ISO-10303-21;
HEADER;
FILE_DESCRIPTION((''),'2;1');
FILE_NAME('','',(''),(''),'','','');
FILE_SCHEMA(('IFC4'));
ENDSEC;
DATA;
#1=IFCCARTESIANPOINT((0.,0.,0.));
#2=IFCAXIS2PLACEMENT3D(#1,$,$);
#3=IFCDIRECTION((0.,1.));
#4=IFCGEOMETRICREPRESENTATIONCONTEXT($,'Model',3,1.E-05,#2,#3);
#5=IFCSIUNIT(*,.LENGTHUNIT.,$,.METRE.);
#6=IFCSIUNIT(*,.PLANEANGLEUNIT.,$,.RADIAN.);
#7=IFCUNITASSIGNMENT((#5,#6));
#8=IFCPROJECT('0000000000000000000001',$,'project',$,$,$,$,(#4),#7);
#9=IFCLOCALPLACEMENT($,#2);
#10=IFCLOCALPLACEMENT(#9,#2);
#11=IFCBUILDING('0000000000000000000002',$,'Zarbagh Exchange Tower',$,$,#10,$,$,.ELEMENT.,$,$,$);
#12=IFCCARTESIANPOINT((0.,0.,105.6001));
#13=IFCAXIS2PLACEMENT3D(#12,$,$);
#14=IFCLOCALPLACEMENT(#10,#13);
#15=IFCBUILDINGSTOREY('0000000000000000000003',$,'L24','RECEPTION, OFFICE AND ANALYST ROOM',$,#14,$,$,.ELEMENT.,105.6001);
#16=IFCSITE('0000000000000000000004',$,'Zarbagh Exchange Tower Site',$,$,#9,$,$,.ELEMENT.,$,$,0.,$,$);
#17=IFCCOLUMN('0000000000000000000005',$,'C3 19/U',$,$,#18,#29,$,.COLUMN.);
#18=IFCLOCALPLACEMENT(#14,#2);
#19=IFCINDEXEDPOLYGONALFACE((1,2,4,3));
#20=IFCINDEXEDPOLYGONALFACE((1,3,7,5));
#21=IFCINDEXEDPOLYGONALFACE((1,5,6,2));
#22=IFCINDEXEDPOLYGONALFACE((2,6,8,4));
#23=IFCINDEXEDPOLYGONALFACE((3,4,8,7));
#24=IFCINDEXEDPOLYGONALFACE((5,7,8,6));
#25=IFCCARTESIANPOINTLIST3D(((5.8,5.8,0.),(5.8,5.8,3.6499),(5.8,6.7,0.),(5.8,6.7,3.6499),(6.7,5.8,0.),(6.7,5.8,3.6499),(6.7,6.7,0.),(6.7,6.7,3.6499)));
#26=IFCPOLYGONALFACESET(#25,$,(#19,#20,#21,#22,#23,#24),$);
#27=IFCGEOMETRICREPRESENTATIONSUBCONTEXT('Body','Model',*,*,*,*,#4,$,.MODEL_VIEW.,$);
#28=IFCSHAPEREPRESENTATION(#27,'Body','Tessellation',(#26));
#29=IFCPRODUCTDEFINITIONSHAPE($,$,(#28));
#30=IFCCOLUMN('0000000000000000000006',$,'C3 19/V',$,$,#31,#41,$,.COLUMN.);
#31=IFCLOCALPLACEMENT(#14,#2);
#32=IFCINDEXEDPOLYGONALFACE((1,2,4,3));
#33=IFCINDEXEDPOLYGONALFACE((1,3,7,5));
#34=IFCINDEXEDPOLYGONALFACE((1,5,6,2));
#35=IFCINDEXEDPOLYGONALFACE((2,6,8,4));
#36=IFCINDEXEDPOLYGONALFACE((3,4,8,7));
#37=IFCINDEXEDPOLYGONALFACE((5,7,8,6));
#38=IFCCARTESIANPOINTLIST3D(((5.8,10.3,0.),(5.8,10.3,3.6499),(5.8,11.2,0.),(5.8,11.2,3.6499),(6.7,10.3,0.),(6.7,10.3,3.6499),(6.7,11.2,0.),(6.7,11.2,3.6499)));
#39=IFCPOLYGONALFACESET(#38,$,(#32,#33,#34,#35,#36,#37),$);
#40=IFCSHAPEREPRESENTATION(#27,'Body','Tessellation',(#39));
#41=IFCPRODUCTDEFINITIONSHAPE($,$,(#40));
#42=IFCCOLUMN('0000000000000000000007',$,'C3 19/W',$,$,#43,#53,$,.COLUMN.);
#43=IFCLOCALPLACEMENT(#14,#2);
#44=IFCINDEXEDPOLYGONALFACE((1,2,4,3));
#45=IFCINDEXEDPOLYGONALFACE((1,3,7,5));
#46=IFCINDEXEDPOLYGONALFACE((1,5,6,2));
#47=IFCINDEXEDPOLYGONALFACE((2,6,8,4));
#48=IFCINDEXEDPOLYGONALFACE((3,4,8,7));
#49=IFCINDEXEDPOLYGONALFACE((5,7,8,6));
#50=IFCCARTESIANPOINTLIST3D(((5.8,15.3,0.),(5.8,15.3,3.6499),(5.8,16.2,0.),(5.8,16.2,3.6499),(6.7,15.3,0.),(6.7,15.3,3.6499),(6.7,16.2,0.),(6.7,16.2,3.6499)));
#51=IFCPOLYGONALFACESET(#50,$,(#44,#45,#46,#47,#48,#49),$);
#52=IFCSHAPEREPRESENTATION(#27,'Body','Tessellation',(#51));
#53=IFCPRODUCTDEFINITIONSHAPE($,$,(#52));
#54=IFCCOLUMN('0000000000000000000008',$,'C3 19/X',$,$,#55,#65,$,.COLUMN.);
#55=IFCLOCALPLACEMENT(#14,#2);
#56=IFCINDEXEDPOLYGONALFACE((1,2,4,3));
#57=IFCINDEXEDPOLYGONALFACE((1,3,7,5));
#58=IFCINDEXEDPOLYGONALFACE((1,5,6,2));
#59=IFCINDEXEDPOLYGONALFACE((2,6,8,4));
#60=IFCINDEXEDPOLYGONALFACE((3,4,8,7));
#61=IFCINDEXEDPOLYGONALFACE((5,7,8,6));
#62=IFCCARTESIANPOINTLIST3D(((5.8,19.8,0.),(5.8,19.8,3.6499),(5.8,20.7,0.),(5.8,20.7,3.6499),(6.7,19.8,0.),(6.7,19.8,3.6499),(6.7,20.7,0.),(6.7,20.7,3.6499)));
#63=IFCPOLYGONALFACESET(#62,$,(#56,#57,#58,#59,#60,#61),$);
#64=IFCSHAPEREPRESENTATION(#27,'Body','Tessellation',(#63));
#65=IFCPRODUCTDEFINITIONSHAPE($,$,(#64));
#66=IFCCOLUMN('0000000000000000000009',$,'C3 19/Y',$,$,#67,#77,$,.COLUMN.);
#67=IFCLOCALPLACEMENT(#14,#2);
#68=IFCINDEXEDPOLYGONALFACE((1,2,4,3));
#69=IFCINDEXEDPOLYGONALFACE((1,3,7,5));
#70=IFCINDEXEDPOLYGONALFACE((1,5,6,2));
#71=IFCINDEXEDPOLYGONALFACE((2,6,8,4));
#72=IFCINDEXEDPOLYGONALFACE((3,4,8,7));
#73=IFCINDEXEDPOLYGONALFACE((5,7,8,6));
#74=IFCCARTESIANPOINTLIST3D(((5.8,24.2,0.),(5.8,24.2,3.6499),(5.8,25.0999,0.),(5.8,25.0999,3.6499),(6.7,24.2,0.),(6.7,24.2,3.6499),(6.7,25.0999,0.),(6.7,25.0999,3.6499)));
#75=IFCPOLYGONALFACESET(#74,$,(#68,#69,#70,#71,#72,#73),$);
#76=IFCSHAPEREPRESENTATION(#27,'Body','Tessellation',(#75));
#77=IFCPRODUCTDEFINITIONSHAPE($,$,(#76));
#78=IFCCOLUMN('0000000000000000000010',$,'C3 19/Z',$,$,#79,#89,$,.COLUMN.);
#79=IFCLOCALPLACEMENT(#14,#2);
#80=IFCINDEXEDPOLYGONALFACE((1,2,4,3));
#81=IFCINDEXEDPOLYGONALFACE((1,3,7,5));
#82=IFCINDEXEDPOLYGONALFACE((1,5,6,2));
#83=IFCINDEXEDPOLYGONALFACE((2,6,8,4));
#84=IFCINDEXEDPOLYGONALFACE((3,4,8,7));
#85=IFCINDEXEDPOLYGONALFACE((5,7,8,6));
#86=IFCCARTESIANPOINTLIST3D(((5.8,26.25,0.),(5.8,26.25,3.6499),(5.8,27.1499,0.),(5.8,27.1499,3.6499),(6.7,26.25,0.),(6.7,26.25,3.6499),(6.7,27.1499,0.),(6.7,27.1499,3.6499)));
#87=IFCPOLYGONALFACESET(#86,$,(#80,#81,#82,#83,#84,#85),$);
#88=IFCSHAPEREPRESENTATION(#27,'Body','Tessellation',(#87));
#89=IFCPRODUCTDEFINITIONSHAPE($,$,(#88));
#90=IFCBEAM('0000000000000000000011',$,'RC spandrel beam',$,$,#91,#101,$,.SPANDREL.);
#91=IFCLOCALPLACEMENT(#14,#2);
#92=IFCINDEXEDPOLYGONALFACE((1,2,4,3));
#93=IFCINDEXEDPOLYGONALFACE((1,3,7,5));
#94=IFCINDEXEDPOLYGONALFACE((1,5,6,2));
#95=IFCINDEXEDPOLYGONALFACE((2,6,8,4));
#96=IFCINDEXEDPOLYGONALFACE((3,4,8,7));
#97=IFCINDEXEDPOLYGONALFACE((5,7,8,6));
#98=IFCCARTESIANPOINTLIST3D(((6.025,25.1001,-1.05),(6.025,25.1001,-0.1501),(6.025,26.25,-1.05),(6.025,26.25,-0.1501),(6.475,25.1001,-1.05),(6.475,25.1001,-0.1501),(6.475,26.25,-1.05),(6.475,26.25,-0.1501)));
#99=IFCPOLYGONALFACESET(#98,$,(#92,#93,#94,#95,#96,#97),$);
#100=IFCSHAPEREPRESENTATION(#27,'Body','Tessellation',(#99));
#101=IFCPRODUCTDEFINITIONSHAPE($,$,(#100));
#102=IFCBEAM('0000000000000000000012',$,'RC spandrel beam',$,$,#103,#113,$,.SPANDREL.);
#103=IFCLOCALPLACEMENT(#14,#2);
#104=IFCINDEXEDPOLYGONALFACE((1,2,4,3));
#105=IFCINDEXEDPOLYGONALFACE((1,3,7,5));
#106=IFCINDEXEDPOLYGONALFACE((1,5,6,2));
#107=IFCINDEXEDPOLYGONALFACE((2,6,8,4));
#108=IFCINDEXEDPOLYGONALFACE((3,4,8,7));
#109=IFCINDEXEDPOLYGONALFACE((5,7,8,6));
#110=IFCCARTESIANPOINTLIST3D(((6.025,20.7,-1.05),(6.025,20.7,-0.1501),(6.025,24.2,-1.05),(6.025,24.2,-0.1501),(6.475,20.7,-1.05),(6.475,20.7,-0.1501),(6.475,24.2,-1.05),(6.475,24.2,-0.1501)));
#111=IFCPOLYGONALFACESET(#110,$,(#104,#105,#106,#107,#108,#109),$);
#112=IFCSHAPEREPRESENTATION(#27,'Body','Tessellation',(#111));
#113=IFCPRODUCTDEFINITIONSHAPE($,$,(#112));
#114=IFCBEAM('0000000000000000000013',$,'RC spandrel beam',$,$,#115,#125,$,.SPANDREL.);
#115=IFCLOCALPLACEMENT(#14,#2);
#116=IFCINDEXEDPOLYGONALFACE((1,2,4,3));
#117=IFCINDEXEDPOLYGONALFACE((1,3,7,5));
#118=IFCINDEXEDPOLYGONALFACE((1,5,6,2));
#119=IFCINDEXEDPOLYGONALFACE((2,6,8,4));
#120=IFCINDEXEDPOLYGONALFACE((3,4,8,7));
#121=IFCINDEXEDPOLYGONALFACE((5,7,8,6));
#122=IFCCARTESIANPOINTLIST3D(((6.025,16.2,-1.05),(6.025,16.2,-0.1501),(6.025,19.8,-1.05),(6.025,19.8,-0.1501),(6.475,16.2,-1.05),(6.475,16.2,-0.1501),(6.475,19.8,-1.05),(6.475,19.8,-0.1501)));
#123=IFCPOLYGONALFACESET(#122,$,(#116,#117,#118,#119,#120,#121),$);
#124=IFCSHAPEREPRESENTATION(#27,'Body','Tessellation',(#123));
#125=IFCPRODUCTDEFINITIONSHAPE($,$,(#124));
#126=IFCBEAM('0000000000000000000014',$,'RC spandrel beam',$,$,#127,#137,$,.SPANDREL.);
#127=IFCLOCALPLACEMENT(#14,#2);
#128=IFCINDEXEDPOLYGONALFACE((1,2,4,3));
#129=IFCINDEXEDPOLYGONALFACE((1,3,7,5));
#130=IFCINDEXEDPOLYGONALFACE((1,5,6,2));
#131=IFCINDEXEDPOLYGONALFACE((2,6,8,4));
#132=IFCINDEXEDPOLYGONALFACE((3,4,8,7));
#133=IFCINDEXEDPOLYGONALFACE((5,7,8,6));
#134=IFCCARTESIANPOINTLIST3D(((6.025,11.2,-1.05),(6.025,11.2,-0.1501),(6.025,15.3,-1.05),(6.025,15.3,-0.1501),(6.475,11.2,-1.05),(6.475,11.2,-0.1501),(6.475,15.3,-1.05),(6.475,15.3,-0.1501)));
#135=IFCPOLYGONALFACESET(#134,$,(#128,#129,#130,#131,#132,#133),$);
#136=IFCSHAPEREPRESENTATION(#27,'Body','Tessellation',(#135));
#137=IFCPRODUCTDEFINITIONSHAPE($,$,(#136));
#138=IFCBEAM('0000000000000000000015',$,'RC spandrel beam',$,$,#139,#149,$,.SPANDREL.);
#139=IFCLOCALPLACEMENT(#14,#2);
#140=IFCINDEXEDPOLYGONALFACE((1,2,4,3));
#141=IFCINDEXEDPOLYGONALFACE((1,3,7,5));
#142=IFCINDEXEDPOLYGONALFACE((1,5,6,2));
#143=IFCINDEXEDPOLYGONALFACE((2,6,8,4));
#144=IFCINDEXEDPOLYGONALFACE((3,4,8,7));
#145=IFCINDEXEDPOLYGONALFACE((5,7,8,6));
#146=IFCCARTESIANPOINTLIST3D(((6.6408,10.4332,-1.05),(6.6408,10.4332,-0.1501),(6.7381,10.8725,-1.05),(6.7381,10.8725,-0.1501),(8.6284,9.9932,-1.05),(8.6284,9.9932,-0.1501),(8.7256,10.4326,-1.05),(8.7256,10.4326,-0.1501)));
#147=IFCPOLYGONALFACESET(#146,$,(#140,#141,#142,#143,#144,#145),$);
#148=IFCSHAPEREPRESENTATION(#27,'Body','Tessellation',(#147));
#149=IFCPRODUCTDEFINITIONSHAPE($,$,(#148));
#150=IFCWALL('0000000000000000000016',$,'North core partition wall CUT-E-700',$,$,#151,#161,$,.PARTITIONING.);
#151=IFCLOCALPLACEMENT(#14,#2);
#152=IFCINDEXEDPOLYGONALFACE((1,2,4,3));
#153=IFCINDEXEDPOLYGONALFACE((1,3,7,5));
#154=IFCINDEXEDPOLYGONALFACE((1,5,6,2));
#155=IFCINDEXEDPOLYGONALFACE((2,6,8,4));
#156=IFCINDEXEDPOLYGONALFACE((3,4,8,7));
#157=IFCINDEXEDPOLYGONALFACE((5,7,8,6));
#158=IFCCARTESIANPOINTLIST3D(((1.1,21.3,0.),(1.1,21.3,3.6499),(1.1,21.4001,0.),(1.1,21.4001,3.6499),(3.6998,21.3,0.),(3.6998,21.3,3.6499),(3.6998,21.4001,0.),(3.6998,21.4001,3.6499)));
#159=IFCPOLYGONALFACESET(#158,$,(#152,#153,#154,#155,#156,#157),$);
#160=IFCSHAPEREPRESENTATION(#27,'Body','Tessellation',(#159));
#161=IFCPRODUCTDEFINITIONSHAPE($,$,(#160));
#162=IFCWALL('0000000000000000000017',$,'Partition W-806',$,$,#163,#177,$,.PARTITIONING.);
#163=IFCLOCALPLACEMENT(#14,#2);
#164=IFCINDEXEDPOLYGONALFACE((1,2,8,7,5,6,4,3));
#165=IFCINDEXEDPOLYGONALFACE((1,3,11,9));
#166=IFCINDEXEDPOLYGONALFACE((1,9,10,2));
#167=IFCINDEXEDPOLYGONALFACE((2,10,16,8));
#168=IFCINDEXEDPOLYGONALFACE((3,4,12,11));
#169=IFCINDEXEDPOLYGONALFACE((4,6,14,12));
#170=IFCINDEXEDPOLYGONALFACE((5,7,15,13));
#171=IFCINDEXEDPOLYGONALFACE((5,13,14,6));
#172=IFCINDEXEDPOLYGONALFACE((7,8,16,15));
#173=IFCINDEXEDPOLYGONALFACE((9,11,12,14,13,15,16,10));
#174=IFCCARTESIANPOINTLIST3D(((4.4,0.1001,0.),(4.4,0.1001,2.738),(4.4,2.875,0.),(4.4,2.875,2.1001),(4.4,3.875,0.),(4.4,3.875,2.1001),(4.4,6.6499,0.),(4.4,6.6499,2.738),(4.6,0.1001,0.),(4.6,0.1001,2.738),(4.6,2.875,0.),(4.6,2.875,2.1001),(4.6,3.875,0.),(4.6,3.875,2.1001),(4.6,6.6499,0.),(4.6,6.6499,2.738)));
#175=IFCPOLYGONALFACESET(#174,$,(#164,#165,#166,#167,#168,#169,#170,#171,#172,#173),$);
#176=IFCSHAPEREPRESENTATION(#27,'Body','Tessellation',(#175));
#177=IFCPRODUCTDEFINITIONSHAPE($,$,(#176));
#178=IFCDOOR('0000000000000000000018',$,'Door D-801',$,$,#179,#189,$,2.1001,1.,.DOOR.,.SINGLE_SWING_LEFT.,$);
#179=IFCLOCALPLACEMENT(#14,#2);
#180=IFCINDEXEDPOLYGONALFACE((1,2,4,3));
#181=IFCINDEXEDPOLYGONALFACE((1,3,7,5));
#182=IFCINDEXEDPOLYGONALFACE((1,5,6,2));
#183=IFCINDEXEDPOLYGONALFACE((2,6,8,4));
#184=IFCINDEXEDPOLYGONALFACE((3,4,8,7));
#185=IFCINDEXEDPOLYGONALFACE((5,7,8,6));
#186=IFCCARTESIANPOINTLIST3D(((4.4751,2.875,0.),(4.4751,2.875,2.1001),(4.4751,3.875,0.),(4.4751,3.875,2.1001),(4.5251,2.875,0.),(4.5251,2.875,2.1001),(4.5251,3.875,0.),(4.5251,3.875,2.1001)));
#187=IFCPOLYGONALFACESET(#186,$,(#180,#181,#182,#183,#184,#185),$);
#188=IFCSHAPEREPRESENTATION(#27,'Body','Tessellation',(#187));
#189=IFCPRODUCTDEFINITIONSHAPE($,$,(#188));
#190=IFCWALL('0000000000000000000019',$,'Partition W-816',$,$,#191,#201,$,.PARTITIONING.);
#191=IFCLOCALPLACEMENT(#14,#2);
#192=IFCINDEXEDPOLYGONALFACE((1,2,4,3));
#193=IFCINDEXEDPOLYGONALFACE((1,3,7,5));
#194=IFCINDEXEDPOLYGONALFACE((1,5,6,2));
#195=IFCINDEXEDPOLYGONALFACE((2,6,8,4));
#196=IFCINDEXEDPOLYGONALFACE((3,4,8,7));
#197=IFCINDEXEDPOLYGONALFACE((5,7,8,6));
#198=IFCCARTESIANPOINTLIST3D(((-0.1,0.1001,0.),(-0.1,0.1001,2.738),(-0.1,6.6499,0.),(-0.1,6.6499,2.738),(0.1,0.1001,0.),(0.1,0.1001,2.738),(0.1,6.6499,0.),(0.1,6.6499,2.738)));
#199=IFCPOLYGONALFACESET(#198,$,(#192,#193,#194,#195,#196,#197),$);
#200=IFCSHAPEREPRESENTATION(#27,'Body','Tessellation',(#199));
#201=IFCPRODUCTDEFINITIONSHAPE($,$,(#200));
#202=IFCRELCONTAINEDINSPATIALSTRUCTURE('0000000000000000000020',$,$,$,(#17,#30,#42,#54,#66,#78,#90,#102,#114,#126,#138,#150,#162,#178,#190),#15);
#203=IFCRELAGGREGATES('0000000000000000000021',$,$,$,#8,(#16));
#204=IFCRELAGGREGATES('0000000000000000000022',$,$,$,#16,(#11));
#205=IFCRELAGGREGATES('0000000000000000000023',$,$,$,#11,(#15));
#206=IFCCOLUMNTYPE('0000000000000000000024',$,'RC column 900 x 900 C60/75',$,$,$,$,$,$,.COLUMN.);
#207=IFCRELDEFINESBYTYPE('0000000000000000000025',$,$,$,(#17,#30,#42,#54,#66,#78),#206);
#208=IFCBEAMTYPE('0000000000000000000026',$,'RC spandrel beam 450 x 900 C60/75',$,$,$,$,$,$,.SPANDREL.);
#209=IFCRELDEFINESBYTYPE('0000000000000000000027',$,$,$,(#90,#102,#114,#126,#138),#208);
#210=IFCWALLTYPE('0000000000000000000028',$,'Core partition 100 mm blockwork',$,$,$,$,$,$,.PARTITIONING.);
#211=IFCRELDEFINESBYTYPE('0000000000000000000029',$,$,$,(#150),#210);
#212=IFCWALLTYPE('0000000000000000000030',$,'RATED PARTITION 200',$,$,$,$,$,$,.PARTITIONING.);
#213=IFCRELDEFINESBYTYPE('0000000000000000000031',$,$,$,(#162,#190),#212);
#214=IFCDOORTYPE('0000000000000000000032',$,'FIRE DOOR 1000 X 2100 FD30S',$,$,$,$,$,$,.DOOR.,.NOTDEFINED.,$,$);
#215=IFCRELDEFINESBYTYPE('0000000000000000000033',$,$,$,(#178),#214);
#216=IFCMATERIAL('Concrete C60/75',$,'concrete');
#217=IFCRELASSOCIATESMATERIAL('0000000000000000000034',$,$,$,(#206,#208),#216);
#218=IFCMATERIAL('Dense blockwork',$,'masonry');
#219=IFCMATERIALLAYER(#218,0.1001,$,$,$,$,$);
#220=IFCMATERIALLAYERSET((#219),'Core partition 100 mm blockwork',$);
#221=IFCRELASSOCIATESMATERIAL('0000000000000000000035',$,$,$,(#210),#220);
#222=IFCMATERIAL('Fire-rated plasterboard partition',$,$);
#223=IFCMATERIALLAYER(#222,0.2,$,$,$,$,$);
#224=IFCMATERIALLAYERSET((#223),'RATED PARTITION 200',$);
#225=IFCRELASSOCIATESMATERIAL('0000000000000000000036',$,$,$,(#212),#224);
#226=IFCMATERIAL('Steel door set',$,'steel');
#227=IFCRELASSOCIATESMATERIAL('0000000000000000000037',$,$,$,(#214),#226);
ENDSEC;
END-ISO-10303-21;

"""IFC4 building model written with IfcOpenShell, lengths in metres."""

from ifc_helpers import new_model, si_unit, direction, frame, frame_2d, origin, origin_2d, place, context, subcontext, project, spatial, rectangle, extrude, material, layer, layer_set, material_profile, profile_set, type_object, element, fill, save


model = new_model("IFC4")

# Units and contexts
model_context = context("Model", 3, precision=1e-05, world=origin(), true_north=direction((0.0, 1.0)))
body_context = subcontext(model_context, "Body", "Model", "MODEL_VIEW")
ifc_project = project(units=[si_unit("LENGTHUNIT", "METRE"), si_unit("PLANEANGLEUNIT", "RADIAN")], contexts=[model_context])

# Site, building, storey
site_placement = place(None, origin())
site = spatial("IfcSite", under=ifc_project, at=site_placement, Name="Zarbagh Exchange Tower Site", CompositionType="ELEMENT", RefElevation=0.0)
building_placement = place(site_placement, origin())
building = spatial("IfcBuilding", under=site, at=building_placement, Name="Zarbagh Exchange Tower", CompositionType="ELEMENT")
storey_placement = place(building_placement, frame((0.0, 0.0, 105.6001)))
storey = spatial("IfcBuildingStorey", under=building, at=storey_placement, Name="L24", Description="RECEPTION, OFFICE AND ANALYST ROOM", CompositionType="ELEMENT", Elevation=105.6001)

# Columns
ifc_material_1 = material(Name="Concrete C60/75", Category="concrete")
ifc_material_profile_1 = material_profile(ifc_material_1, rectangle(XDim=0.8999, YDim=0.8999, at=origin_2d()), Name="RC column 900 x 900 C60/75")
ifc_profile_set_1 = profile_set([ifc_material_profile_1], Name="Concrete C60/75")
column_type = type_object("IfcColumnType", Name="RC column 900 x 900 C60/75", PredefinedType="COLUMN", material=ifc_profile_set_1)
for number, where, z_axis, x_axis, name in (
    (1, (6.25, 6.25, 0.0), (0.0, 0.0, 1.0), (1.0, 0.0, 0.0), "C3 19/U"),
    (2, (6.25, 10.75, 0.0), (0.0, 0.0, 1.0), (1.0, 0.0, 0.0), "C3 19/V"),
    (3, (6.25, 15.75, 0.0), (0.0, 0.0, 1.0), (1.0, 0.0, 0.0), "C3 19/W"),
    (4, (6.25, 20.25, 0.0), (0.0, 0.0, 1.0), (1.0, 0.0, 0.0), "C3 19/X"),
    (5, (6.25, 24.6499, 0.0), (0.0, 0.0, 1.0), (1.0, 0.0, 0.0), "C3 19/Y"),
    (6, (6.25, 26.7, 0.0), (0.0, 0.0, 1.0), (1.0, 0.0, 0.0), "C3 19/Z"),
):
    element("IfcColumn", number, at=place(storey_placement, frame(where, z_axis=z_axis, x_axis=x_axis)), inside=storey, type_object=column_type, Name=name, PredefinedType="COLUMN", context=body_context, shape_type="SweptSolid", body=[
        extrude(rectangle(XDim=0.8999, YDim=0.8999, at=origin_2d()), origin(), (0.0, 0.0, 1.0), 3.6499),
    ])

# Beams
ifc_material_profile_2 = material_profile(ifc_material_1, rectangle(XDim=0.45, YDim=0.8999, at=origin_2d()), Name="RC spandrel beam 450 x 900 C60/75")
ifc_profile_set_2 = profile_set([ifc_material_profile_2], Name="Concrete C60/75")
beam_type = type_object("IfcBeamType", Name="RC spandrel beam 450 x 900 C60/75", PredefinedType="SPANDREL", material=ifc_profile_set_2)
beam_1_placement = place(storey_placement, frame((6.25, 26.25, -0.6001), z_axis=(0.0, -1.0, 0.0), x_axis=(1.0, 0.0, 0.0)))
element("IfcBeam", 7, at=beam_1_placement, inside=storey, type_object=beam_type, Name="RC spandrel beam", PredefinedType="SPANDREL", context=body_context, shape_type="SweptSolid", body=[
    extrude(rectangle(XDim=0.45, YDim=0.8999, at=origin_2d()), origin(), (0.0, 0.0, 1.0), 1.1499),
])
beam_2_placement = place(storey_placement, frame((6.25, 24.2, -0.6001), z_axis=(0.0, -1.0, 0.0), x_axis=(1.0, 0.0, 0.0)))
element("IfcBeam", 8, at=beam_2_placement, inside=storey, type_object=beam_type, Name="RC spandrel beam", PredefinedType="SPANDREL", context=body_context, shape_type="SweptSolid", body=[
    extrude(rectangle(XDim=0.45, YDim=0.8999, at=origin_2d()), origin(), (0.0, 0.0, 1.0), 3.5),
])
beam_3_placement = place(storey_placement, frame((6.25, 19.8, -0.6001), z_axis=(0.0, -1.0, 0.0), x_axis=(1.0, 0.0, 0.0)))
element("IfcBeam", 9, at=beam_3_placement, inside=storey, type_object=beam_type, Name="RC spandrel beam", PredefinedType="SPANDREL", context=body_context, shape_type="SweptSolid", body=[
    extrude(rectangle(XDim=0.45, YDim=0.8999, at=origin_2d()), origin(), (0.0, 0.0, 1.0), 3.6001),
])
beam_4_placement = place(storey_placement, frame((6.25, 15.3, -0.6001), z_axis=(0.0, -1.0, 0.0), x_axis=(1.0, 0.0, 0.0)))
element("IfcBeam", 10, at=beam_4_placement, inside=storey, type_object=beam_type, Name="RC spandrel beam", PredefinedType="SPANDREL", context=body_context, shape_type="SweptSolid", body=[
    extrude(rectangle(XDim=0.45, YDim=0.8999, at=origin_2d()), origin(), (0.0, 0.0, 1.0), 4.1001),
])
beam_5_placement = place(storey_placement, frame((6.6895, 10.6528, -0.6001), z_axis=(0.976367, -0.216118, 0.0), x_axis=(0.216118, 0.976367, 0.0)))
element("IfcBeam", 11, at=beam_5_placement, inside=storey, type_object=beam_type, Name="RC spandrel beam", PredefinedType="SPANDREL", context=body_context, shape_type="SweptSolid", body=[
    extrude(rectangle(XDim=0.45, YDim=0.8999, at=origin_2d()), origin(), (0.0, 0.0, 1.0), 2.0356),
])

# Wall
ifc_material_2 = material(Name="Dense blockwork", Category="masonry")
ifc_layer_1 = layer(ifc_material_2, 0.1001)
ifc_layer_set_1 = layer_set([ifc_layer_1], Name="Core partition 100 mm blockwork")
wall_type_1 = type_object("IfcWallType", Name="Core partition 100 mm blockwork", PredefinedType="PARTITIONING", material=ifc_layer_set_1)
wall_1_placement = place(storey_placement, frame((1.1001, 21.3501, 0.0), z_axis=(0.0, 0.0, 1.0), x_axis=(1.0, 0.0, 0.0)))
element("IfcWall", 12, at=wall_1_placement, inside=storey, type_object=wall_type_1, Name="North core partition wall CUT-E-700", PredefinedType="PARTITIONING", context=body_context, shape_type="SweptSolid", body=[
    extrude(rectangle(XDim=2.5999, YDim=0.1001, at=frame_2d((1.2998, 0.0))), origin(), (0.0, 0.0, 1.0), 3.6499),
])

# Wall, opening, door
ifc_material_3 = material(Name="Fire-rated plasterboard partition")
ifc_layer_2 = layer(ifc_material_3, 0.2)
ifc_layer_set_2 = layer_set([ifc_layer_2], Name="RATED PARTITION 200")
wall_type_2 = type_object("IfcWallType", Name="RATED PARTITION 200", PredefinedType="PARTITIONING", material=ifc_layer_set_2)
wall_2_placement = place(storey_placement, frame((4.5, 0.1001, 0.0), z_axis=(0.0, 0.0, 1.0), x_axis=(0.0, 1.0, 0.0)))
wall_2 = element("IfcWall", 13, at=wall_2_placement, inside=storey, type_object=wall_type_2, Name="Partition W-806", PredefinedType="PARTITIONING", context=body_context, shape_type="SweptSolid", body=[
    extrude(rectangle(XDim=6.5498, YDim=0.2, at=frame_2d((3.2749, 0.0))), origin(), (0.0, 0.0, 1.0), 2.738),
])
opening_1_placement = place(wall_2_placement, frame((2.7749, 0.0, 0.0)))
opening_1 = element("IfcOpeningElement", 14, at=opening_1_placement, cuts=wall_2, PredefinedType="OPENING", context=body_context, shape_type="SweptSolid", body=[
    extrude(rectangle(XDim=1.0, YDim=2.1001, at=frame_2d((0.5, 1.05))), frame((0.0, 0.1099, 0.0), z_axis=(0.0, -1.0, 0.0), x_axis=(1.0, 0.0, 0.0)), (0.0, 0.0, 1.0), 0.22),
])
ifc_material_4 = material(Name="Steel door set", Category="steel")
door_type_1 = type_object("IfcDoorType", Name="FIRE DOOR 1000 X 2100 FD30S", OperationType="NOTDEFINED", PredefinedType="DOOR", material=ifc_material_4)
door_1_placement = place(opening_1_placement, origin())
door_1 = element("IfcDoor", 15, at=door_1_placement, inside=storey, type_object=door_type_1, Name="Door D-801", OperationType="SINGLE_SWING_LEFT", OverallHeight=2.1001, OverallWidth=1.0, PredefinedType="DOOR", context=body_context, shape_type="SweptSolid", body=[
    extrude(rectangle(XDim=1.0, YDim=2.1001, at=frame_2d((0.5, 1.05))), frame((0.0, 0.0249, 0.0), z_axis=(0.0, -1.0, 0.0), x_axis=(1.0, 0.0, 0.0)), (0.0, 0.0, 1.0), 0.05),
])
fill(opening_1, door_1)

# Wall
wall_3_placement = place(storey_placement, frame((0.0, 0.1001, 0.0), z_axis=(0.0, 0.0, 1.0), x_axis=(0.0, 1.0, 0.0)))
element("IfcWall", 16, at=wall_3_placement, inside=storey, type_object=wall_type_2, Name="Partition W-816", PredefinedType="PARTITIONING", context=body_context, shape_type="SweptSolid", body=[
    extrude(rectangle(XDim=6.5498, YDim=0.2, at=frame_2d((3.2749, 0.0))), origin(), (0.0, 0.0, 1.0), 2.738),
])

save(model, "model.ifc")
